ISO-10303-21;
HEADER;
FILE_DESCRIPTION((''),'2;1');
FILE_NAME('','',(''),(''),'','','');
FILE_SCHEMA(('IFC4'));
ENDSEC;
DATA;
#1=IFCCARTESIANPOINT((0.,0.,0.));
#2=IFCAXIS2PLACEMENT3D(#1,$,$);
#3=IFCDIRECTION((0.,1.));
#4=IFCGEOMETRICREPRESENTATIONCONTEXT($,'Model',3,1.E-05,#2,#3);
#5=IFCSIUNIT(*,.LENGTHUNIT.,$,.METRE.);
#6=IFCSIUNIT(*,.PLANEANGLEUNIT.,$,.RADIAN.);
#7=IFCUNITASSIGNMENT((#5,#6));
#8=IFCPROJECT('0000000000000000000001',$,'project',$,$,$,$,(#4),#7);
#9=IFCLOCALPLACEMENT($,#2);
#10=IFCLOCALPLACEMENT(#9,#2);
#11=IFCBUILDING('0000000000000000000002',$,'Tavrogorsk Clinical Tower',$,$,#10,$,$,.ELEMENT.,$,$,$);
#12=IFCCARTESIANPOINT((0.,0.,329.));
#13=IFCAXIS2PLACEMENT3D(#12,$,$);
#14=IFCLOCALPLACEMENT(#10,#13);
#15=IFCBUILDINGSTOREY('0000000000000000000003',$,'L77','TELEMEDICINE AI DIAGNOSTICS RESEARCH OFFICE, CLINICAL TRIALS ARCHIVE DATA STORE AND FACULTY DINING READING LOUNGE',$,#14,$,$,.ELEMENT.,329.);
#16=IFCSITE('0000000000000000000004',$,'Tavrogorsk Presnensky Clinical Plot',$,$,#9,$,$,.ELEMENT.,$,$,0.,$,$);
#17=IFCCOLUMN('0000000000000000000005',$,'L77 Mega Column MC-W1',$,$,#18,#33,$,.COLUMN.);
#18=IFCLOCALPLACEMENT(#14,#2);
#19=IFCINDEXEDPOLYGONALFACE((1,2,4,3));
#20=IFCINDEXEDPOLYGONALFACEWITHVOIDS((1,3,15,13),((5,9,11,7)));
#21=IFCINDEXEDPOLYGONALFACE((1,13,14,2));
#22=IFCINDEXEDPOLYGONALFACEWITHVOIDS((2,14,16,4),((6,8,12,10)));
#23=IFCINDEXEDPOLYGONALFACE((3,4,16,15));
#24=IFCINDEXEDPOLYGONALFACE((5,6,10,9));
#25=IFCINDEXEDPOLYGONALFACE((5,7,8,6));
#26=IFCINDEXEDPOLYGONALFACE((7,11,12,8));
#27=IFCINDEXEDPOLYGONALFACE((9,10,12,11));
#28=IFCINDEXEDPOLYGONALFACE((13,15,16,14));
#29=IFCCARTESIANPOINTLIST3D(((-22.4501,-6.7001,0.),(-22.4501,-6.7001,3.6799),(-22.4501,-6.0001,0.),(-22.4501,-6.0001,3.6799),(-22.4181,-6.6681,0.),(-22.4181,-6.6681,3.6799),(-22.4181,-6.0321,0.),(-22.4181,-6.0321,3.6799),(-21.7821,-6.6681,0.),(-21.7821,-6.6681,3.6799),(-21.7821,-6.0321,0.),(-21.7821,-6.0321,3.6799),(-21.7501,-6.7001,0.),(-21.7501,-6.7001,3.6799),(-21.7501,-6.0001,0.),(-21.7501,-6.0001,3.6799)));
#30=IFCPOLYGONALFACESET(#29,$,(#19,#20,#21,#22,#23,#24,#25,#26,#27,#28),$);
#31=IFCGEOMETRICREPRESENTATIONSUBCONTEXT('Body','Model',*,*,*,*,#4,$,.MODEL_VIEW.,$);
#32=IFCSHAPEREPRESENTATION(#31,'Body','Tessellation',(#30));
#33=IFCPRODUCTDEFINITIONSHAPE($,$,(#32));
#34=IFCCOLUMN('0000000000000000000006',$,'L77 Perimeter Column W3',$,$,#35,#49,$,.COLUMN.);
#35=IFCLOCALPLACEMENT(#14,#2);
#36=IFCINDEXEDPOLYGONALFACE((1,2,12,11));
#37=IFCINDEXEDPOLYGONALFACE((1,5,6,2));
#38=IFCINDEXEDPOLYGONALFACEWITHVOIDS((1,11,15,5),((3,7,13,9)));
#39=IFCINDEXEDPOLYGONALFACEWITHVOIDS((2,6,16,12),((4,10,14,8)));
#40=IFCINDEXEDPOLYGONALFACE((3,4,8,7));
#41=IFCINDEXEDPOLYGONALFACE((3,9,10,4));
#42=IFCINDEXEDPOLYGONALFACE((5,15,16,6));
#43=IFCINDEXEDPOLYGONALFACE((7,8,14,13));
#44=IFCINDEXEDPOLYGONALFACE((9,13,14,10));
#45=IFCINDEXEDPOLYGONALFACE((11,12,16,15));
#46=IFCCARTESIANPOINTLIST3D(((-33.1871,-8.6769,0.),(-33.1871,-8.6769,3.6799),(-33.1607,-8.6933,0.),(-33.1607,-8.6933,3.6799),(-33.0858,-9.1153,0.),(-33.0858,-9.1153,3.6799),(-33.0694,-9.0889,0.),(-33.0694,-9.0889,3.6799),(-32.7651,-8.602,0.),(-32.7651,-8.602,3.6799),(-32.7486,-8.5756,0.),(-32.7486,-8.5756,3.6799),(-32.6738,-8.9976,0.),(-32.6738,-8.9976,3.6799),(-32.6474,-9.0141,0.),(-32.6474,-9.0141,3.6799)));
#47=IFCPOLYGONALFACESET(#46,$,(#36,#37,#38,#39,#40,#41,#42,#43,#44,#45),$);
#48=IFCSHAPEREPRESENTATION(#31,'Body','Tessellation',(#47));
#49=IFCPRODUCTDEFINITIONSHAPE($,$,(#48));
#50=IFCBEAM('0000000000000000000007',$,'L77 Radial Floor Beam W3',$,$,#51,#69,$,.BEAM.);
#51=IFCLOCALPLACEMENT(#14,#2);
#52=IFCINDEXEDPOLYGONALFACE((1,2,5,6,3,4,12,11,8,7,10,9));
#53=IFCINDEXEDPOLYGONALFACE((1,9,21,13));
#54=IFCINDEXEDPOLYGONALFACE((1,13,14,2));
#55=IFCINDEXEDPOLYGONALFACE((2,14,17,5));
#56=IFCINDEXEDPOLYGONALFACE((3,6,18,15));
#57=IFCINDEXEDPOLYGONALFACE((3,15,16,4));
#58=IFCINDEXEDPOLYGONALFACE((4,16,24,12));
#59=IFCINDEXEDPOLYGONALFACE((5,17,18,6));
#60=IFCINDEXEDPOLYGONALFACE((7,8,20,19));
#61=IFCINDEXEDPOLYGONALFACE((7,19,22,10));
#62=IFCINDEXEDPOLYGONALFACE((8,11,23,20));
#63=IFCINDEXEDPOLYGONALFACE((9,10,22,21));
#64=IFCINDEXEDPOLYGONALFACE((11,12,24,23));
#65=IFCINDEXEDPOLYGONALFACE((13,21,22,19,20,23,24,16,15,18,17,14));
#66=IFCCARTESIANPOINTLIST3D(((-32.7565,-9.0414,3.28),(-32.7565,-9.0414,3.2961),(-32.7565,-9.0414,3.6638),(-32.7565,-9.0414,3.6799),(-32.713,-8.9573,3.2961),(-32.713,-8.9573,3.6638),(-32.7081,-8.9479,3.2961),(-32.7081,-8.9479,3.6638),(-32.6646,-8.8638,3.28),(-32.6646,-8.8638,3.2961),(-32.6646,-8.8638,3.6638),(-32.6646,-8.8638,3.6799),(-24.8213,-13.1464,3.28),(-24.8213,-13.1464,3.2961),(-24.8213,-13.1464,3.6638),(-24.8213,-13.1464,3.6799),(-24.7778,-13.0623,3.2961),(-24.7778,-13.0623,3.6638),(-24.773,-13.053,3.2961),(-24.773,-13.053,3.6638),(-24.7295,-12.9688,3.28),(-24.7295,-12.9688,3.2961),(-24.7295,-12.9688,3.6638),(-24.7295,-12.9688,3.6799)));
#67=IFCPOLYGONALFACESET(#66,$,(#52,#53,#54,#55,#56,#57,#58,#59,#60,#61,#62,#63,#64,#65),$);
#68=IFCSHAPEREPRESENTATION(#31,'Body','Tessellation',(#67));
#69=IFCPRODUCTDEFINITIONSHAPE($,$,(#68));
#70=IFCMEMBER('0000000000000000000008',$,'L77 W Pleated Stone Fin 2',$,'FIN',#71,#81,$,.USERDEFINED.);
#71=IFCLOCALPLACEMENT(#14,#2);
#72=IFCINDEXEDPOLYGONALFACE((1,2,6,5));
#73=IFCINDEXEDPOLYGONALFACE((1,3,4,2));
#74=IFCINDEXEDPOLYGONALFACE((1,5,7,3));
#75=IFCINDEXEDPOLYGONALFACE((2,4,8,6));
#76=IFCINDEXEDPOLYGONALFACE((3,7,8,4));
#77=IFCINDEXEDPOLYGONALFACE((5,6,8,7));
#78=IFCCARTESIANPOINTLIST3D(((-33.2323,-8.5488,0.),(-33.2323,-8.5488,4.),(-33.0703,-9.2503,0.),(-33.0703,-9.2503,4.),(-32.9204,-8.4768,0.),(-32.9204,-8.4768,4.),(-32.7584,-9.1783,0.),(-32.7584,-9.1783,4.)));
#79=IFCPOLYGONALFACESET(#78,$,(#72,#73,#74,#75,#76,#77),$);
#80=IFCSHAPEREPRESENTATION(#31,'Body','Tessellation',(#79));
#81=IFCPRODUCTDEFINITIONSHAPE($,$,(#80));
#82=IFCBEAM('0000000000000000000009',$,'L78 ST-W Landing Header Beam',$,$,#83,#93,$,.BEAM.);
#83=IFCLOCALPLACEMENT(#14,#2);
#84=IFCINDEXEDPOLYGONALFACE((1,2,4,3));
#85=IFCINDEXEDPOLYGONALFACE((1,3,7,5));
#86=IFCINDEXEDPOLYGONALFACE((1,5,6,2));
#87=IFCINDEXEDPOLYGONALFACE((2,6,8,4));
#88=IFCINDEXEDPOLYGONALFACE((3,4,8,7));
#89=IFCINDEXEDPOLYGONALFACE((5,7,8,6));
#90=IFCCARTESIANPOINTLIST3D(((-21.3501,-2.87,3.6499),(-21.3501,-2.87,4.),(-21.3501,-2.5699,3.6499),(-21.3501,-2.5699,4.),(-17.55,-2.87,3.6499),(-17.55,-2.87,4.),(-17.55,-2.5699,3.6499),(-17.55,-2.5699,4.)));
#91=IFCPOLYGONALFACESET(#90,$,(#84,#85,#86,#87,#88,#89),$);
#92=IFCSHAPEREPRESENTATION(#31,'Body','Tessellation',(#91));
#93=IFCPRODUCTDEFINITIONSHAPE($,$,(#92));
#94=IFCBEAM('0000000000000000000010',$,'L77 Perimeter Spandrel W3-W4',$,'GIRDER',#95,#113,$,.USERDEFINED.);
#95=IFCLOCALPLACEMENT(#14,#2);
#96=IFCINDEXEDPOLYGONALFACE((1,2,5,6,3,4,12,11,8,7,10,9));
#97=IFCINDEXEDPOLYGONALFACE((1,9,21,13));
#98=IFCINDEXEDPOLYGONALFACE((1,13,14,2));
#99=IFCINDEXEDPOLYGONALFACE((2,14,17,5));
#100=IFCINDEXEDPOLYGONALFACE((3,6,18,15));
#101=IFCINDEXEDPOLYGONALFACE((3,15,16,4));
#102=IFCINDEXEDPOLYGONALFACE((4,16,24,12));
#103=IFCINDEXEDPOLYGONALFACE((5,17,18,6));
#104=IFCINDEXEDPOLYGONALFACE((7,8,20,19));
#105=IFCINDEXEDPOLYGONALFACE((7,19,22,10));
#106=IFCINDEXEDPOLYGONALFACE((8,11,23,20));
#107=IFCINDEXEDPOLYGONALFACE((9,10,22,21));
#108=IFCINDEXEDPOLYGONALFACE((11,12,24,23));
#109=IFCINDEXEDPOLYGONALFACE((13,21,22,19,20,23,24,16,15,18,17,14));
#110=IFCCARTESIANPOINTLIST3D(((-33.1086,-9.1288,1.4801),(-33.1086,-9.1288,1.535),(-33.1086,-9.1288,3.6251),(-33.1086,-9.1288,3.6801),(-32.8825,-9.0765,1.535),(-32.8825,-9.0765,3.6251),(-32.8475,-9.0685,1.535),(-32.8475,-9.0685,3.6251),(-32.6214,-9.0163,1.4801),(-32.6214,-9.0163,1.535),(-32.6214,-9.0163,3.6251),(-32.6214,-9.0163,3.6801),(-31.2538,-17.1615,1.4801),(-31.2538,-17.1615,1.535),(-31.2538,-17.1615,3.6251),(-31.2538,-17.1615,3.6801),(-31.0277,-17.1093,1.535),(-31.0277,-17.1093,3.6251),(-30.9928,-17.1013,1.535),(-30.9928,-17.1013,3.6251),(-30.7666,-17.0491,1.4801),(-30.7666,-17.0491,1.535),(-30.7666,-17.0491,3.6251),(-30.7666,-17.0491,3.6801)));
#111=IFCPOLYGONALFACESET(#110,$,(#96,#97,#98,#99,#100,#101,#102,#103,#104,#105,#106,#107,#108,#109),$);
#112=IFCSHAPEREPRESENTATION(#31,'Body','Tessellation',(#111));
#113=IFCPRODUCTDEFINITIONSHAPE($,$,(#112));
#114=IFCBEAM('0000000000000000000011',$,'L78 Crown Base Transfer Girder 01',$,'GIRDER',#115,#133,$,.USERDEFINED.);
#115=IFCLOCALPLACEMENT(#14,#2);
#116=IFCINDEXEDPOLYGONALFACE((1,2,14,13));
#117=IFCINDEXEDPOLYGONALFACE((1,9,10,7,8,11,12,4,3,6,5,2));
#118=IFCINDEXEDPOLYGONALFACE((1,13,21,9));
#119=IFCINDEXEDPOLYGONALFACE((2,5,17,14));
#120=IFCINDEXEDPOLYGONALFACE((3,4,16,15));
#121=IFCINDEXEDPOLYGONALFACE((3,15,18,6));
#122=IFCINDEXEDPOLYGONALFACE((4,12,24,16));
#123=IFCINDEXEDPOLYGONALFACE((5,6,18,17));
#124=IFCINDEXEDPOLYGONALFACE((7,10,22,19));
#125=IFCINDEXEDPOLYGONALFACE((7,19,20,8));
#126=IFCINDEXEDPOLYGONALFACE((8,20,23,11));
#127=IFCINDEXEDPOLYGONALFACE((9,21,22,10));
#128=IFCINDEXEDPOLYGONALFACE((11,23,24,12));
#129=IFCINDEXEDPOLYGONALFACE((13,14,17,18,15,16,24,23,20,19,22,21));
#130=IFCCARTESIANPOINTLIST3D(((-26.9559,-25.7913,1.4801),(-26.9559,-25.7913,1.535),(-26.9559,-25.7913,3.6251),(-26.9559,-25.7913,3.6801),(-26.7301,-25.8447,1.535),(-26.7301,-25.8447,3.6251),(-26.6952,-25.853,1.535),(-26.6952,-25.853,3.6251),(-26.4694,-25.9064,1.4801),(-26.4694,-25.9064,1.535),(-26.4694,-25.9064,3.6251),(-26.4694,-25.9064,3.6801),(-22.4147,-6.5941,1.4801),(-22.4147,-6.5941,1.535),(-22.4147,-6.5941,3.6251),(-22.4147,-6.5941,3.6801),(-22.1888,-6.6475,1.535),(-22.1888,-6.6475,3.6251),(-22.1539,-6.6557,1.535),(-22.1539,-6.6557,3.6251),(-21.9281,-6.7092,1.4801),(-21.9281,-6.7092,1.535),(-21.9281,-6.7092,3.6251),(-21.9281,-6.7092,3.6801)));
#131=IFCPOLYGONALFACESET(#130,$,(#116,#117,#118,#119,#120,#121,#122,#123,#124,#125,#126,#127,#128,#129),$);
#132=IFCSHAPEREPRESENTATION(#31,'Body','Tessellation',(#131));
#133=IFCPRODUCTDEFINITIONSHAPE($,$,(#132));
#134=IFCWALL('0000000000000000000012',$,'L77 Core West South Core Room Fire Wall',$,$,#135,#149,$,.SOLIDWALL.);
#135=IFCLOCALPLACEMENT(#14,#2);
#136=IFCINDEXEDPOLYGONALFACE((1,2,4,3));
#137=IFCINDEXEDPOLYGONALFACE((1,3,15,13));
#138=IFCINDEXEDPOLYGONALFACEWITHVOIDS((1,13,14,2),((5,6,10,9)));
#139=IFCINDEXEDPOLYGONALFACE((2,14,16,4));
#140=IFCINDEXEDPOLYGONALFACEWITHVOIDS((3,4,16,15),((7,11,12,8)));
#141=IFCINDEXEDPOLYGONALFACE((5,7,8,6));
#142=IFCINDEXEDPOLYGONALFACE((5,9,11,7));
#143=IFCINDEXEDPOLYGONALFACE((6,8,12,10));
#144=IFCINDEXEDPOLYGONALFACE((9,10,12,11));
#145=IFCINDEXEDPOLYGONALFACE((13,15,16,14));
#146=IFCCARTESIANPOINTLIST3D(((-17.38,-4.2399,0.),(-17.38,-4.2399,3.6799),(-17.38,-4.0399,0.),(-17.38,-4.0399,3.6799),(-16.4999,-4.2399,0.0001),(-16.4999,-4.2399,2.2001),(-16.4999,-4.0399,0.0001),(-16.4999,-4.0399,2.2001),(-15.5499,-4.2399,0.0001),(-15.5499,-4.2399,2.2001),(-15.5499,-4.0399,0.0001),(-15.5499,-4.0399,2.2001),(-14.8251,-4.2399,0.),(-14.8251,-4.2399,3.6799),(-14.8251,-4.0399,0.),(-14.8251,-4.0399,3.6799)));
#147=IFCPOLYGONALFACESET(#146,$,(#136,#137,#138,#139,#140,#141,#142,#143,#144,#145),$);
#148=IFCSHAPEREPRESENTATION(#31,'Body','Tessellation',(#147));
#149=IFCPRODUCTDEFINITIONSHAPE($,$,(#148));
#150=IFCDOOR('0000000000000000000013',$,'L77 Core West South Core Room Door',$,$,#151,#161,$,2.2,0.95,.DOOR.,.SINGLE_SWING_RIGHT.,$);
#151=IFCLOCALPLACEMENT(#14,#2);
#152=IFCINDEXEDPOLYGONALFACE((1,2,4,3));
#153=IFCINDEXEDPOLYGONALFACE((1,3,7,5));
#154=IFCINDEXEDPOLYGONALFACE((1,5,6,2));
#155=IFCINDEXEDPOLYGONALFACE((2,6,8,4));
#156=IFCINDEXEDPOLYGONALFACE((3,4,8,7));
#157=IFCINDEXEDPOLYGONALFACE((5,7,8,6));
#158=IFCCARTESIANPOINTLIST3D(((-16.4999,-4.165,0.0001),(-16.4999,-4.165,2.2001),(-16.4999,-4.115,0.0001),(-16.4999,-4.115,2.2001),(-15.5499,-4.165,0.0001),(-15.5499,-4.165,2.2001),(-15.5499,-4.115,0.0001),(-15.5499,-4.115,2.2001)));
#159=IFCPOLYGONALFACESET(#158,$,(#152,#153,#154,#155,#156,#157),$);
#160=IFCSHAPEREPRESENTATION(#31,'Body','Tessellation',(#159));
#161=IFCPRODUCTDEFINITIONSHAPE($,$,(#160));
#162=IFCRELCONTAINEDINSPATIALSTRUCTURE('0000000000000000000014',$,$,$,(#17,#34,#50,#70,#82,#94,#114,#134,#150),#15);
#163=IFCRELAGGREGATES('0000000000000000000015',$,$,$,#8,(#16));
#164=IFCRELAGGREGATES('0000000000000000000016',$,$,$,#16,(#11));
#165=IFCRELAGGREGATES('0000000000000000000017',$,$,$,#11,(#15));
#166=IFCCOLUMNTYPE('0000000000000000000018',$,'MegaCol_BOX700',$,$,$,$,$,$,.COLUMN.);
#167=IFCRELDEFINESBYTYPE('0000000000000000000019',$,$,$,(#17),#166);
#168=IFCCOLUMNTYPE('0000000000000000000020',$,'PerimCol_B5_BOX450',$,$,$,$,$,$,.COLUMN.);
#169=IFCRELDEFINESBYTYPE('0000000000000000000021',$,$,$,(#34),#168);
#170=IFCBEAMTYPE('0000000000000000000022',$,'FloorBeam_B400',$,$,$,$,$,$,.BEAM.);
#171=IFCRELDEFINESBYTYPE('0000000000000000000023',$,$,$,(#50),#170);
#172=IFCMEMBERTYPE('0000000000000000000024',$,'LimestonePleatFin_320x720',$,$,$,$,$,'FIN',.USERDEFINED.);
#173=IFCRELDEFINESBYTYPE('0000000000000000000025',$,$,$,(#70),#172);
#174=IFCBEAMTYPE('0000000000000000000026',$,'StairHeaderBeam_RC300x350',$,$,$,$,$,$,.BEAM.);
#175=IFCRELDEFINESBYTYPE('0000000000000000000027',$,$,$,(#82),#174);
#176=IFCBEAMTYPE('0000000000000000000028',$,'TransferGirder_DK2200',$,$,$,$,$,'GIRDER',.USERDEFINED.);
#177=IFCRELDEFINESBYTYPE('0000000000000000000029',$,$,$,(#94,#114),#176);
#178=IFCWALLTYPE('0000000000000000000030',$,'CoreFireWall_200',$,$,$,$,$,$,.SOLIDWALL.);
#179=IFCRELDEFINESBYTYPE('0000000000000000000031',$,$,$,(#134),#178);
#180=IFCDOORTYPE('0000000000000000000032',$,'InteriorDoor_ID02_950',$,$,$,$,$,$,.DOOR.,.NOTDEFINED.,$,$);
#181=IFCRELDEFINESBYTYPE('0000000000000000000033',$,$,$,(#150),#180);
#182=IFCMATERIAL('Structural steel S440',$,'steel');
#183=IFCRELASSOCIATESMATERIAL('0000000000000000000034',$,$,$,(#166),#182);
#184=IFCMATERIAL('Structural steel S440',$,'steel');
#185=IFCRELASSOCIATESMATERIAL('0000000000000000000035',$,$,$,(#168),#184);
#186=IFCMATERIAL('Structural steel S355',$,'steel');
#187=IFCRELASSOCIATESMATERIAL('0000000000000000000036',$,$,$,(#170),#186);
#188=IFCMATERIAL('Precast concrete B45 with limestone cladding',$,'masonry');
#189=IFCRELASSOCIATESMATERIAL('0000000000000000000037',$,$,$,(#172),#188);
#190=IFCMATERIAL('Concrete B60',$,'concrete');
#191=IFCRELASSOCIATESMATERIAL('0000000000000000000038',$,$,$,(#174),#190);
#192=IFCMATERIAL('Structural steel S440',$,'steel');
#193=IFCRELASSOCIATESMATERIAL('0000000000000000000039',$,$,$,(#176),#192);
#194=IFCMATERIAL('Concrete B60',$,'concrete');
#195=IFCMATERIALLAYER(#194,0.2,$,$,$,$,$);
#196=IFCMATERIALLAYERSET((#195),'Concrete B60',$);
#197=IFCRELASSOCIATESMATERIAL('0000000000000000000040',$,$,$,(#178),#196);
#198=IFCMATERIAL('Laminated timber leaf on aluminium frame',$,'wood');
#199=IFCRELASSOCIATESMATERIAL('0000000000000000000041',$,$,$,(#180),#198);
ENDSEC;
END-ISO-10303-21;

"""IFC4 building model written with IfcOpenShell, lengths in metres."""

from ifc_helpers import new_model, si_unit, direction, frame, frame_2d, origin, origin_2d, place, context, subcontext, project, spatial, rectangle, hollow_rectangle, i_section, extrude, material, layer, layer_set, material_profile, profile_set, type_object, element, fill, save


model = new_model("IFC4")

# Units and contexts
model_context = context("Model", 3, precision=1e-05, world=origin(), true_north=direction((0.0, 1.0)))
body_context = subcontext(model_context, "Body", "Model", "MODEL_VIEW")
ifc_project = project(units=[si_unit("LENGTHUNIT", "METRE"), si_unit("PLANEANGLEUNIT", "RADIAN")], contexts=[model_context])

# Site, building, storey
site_placement = place(None, origin())
site = spatial("IfcSite", under=ifc_project, at=site_placement, Name="Tavrogorsk Presnensky Clinical Plot", CompositionType="ELEMENT", RefElevation=0.0)
building_placement = place(site_placement, origin())
building = spatial("IfcBuilding", under=site, at=building_placement, Name="Tavrogorsk Clinical Tower", CompositionType="ELEMENT")
storey_placement = place(building_placement, frame((0.0, 0.0, 329.0)))
storey = spatial("IfcBuildingStorey", under=building, at=storey_placement, Name="L77", Description="TELEMEDICINE AI DIAGNOSTICS RESEARCH OFFICE, CLINICAL TRIALS ARCHIVE DATA STORE AND FACULTY DINING READING LOUNGE", CompositionType="ELEMENT", Elevation=329.0)

# Columns
ifc_material_1 = material(Name="Structural steel S440", Category="steel")
ifc_material_profile_1 = material_profile(ifc_material_1, hollow_rectangle(XDim=0.7, YDim=0.7, WallThickness=0.032, at=origin_2d()), Name="BOX-700x700x32")
ifc_profile_set_1 = profile_set([ifc_material_profile_1], Name="Structural steel S440")
column_type_1 = type_object("IfcColumnType", Name="MegaCol_BOX700", PredefinedType="COLUMN", material=ifc_profile_set_1)
column_1_placement = place(storey_placement, frame((-22.1001, -6.3501, 0.0), z_axis=(0.0, 0.0, 1.0), x_axis=(1.0, 0.0, 0.0)))
element("IfcColumn", 1, at=column_1_placement, inside=storey, type_object=column_type_1, Name="L77 Mega Column MC-W1", PredefinedType="COLUMN", context=body_context, shape_type="SweptSolid", body=[
    extrude(hollow_rectangle(XDim=0.7, YDim=0.7, WallThickness=0.032, at=origin_2d()), origin(), (0.0, 0.0, 1.0), 3.6799),
])
ifc_material_2 = material(Name="Structural steel S440", Category="steel")
ifc_material_profile_2 = material_profile(ifc_material_2, hollow_rectangle(XDim=0.45, YDim=0.45, WallThickness=0.022, at=origin_2d()), Name="BOX-450x450x22")
ifc_profile_set_2 = profile_set([ifc_material_profile_2], Name="Structural steel S440")
column_type_2 = type_object("IfcColumnType", Name="PerimCol_B5_BOX450", PredefinedType="COLUMN", material=ifc_profile_set_2)
column_2_placement = place(storey_placement, frame((-32.9172, -8.8455, 0.0), z_axis=(0.0, 0.0, 1.0), x_axis=(0.97437, 0.224951, 0.0)))
element("IfcColumn", 2, at=column_2_placement, inside=storey, type_object=column_type_2, Name="L77 Perimeter Column W3", PredefinedType="COLUMN", context=body_context, shape_type="SweptSolid", body=[
    extrude(hollow_rectangle(XDim=0.45, YDim=0.45, WallThickness=0.022, at=origin_2d()), origin(), (0.0, 0.0, 1.0), 3.6799),
])

# Beam
ifc_material_3 = material(Name="Structural steel S355", Category="steel")
ifc_material_profile_3 = material_profile(ifc_material_3, i_section(OverallWidth=0.2, OverallDepth=0.3999, WebThickness=0.0105, FlangeThickness=0.0161, at=origin_2d()), Name="B-400x200x10.5x16")
ifc_profile_set_3 = profile_set([ifc_material_profile_3], Name="Structural steel S355")
beam_type_1 = type_object("IfcBeamType", Name="FloorBeam_B400", PredefinedType="BEAM", material=ifc_profile_set_3)
beam_1_placement = place(storey_placement, frame((-24.7754, -13.0576, 3.48), z_axis=(-0.888188, 0.459479, 0.0), x_axis=(-0.459479, -0.888188, 0.0)))
element("IfcBeam", 3, at=beam_1_placement, inside=storey, type_object=beam_type_1, Name="L77 Radial Floor Beam W3", PredefinedType="BEAM", context=body_context, shape_type="SweptSolid", body=[
    extrude(i_section(OverallWidth=0.2, OverallDepth=0.3999, WebThickness=0.0105, FlangeThickness=0.0161, at=origin_2d()), origin(), (0.0, 0.0, 1.0), 8.9341),
])

# Member
ifc_material_4 = material(Name="Precast concrete B45 with limestone cladding", Category="masonry")
ifc_material_profile_4 = material_profile(ifc_material_4, rectangle(XDim=0.3201, YDim=0.72, at=origin_2d()), Name="LIMESTONE-FIN-320x720")
ifc_profile_set_4 = profile_set([ifc_material_profile_4], Name="Precast concrete B45 with limestone cladding")
member_type = type_object("IfcMemberType", Name="LimestonePleatFin_320x720", ElementType="FIN", PredefinedType="USERDEFINED", material=ifc_profile_set_4)
member_placement = place(storey_placement, frame((-32.9954, -8.8635, 0.0), z_axis=(0.0, 0.0, 1.0), x_axis=(0.97437, 0.224951, 0.0)))
element("IfcMember", 4, at=member_placement, inside=storey, type_object=member_type, Name="L77 W Pleated Stone Fin 2", ObjectType="FIN", PredefinedType="USERDEFINED", context=body_context, shape_type="SweptSolid", body=[
    extrude(rectangle(XDim=0.3201, YDim=0.72, at=origin_2d()), origin(), (0.0, 0.0, 1.0), 4.0),
])

# Beams
ifc_material_5 = material(Name="Concrete B60", Category="concrete")
ifc_material_profile_5 = material_profile(ifc_material_5, rectangle(XDim=0.3, YDim=0.3501, at=origin_2d()), Name="RC-SHB-300x350")
ifc_profile_set_5 = profile_set([ifc_material_profile_5], Name="Concrete B60")
beam_type_2 = type_object("IfcBeamType", Name="StairHeaderBeam_RC300x350", PredefinedType="BEAM", material=ifc_profile_set_5)
beam_2_placement = place(storey_placement, frame((-21.3501, -2.72, 3.825), z_axis=(1.0, 0.0, 0.0), x_axis=(0.0, 1.0, 0.0)))
element("IfcBeam", 5, at=beam_2_placement, inside=storey, type_object=beam_type_2, Name="L78 ST-W Landing Header Beam", PredefinedType="BEAM", context=body_context, shape_type="SweptSolid", body=[
    extrude(rectangle(XDim=0.3, YDim=0.3501, at=origin_2d()), origin(), (0.0, 0.0, 1.0), 3.8),
])
ifc_material_6 = material(Name="Structural steel S440", Category="steel")
ifc_material_profile_6 = material_profile(ifc_material_6, i_section(OverallWidth=0.5, OverallDepth=2.2, WebThickness=0.0359, FlangeThickness=0.0549, at=origin_2d()), Name="DK-2200x500x36x55")
ifc_profile_set_6 = profile_set([ifc_material_profile_6], Name="Structural steel S440")
beam_type_3 = type_object("IfcBeamType", Name="TransferGirder_DK2200", ElementType="GIRDER", PredefinedType="USERDEFINED", material=ifc_profile_set_6)
beam_3_placement = place(storey_placement, frame((-32.865, -9.0725, 2.5801), z_axis=(0.224978, -0.974364, 0.0), x_axis=(0.974364, 0.224978, 0.0)))
element("IfcBeam", 6, at=beam_3_placement, inside=storey, type_object=beam_type_3, Name="L77 Perimeter Spandrel W3-W4", ObjectType="GIRDER", PredefinedType="USERDEFINED", context=body_context, shape_type="SweptSolid", body=[
    extrude(i_section(OverallWidth=0.5, OverallDepth=2.2, WebThickness=0.0359, FlangeThickness=0.0549, at=origin_2d()), origin(), (0.0, 0.0, 1.0), 8.2441),
])
beam_4_placement = place(storey_placement, frame((-22.1714, -6.6516, 2.5801), z_axis=(-0.230204, -0.973142, 0.0), x_axis=(0.973142, -0.230204, 0.0)))
element("IfcBeam", 7, at=beam_4_placement, inside=storey, type_object=beam_type_3, Name="L78 Crown Base Transfer Girder 01", ObjectType="GIRDER", PredefinedType="USERDEFINED", context=body_context, shape_type="SweptSolid", body=[
    extrude(i_section(OverallWidth=0.5, OverallDepth=2.2, WebThickness=0.0359, FlangeThickness=0.0549, at=origin_2d()), origin(), (0.0, 0.0, 1.0), 19.7271),
])

# Wall, opening, door
ifc_material_7 = material(Name="Concrete B60", Category="concrete")
ifc_layer_1 = layer(ifc_material_7, 0.2)
ifc_layer_set_1 = layer_set([ifc_layer_1], Name="Concrete B60")
wall_type_1 = type_object("IfcWallType", Name="CoreFireWall_200", PredefinedType="SOLIDWALL", material=ifc_layer_set_1)
wall_1_placement = place(storey_placement, frame((-17.3799, -4.1399, 0.0), z_axis=(0.0, 0.0, 1.0), x_axis=(1.0, 0.0, 0.0)))
wall_1 = element("IfcWall", 8, at=wall_1_placement, inside=storey, type_object=wall_type_1, Name="L77 Core West South Core Room Fire Wall", PredefinedType="SOLIDWALL", context=body_context, shape_type="SweptSolid", body=[
    extrude(rectangle(XDim=2.5549, YDim=0.2, at=frame_2d((1.2773, 0.0))), origin(), (0.0, 0.0, 1.0), 3.6799),
])
opening_1_placement = place(wall_1_placement, frame((0.8799, 0.0, 0.0)))
opening_1 = element("IfcOpeningElement", 9, at=opening_1_placement, cuts=wall_1, PredefinedType="OPENING", context=body_context, shape_type="SweptSolid", body=[
    extrude(rectangle(XDim=0.95, YDim=2.2, at=frame_2d((0.4751, 1.1001))), frame((0.0, 0.1099, 0.0), z_axis=(0.0, -1.0, 0.0), x_axis=(1.0, 0.0, 0.0)), (0.0, 0.0, 1.0), 0.22),
])
ifc_material_8 = material(Name="Laminated timber leaf on aluminium frame", Category="wood")
door_type_1 = type_object("IfcDoorType", Name="InteriorDoor_ID02_950", OperationType="NOTDEFINED", PredefinedType="DOOR", material=ifc_material_8)
door_1_placement = place(opening_1_placement, origin())
door_1 = element("IfcDoor", 10, at=door_1_placement, inside=storey, type_object=door_type_1, Name="L77 Core West South Core Room Door", OperationType="SINGLE_SWING_RIGHT", OverallHeight=2.2, OverallWidth=0.95, PredefinedType="DOOR", context=body_context, shape_type="SweptSolid", body=[
    extrude(rectangle(XDim=0.95, YDim=2.2, at=frame_2d((0.4751, 1.1001))), frame((0.0, 0.0249, 0.0), z_axis=(0.0, -1.0, 0.0), x_axis=(1.0, 0.0, 0.0)), (0.0, 0.0, 1.0), 0.05),
])
fill(opening_1, door_1)

save(model, "model.ifc")
